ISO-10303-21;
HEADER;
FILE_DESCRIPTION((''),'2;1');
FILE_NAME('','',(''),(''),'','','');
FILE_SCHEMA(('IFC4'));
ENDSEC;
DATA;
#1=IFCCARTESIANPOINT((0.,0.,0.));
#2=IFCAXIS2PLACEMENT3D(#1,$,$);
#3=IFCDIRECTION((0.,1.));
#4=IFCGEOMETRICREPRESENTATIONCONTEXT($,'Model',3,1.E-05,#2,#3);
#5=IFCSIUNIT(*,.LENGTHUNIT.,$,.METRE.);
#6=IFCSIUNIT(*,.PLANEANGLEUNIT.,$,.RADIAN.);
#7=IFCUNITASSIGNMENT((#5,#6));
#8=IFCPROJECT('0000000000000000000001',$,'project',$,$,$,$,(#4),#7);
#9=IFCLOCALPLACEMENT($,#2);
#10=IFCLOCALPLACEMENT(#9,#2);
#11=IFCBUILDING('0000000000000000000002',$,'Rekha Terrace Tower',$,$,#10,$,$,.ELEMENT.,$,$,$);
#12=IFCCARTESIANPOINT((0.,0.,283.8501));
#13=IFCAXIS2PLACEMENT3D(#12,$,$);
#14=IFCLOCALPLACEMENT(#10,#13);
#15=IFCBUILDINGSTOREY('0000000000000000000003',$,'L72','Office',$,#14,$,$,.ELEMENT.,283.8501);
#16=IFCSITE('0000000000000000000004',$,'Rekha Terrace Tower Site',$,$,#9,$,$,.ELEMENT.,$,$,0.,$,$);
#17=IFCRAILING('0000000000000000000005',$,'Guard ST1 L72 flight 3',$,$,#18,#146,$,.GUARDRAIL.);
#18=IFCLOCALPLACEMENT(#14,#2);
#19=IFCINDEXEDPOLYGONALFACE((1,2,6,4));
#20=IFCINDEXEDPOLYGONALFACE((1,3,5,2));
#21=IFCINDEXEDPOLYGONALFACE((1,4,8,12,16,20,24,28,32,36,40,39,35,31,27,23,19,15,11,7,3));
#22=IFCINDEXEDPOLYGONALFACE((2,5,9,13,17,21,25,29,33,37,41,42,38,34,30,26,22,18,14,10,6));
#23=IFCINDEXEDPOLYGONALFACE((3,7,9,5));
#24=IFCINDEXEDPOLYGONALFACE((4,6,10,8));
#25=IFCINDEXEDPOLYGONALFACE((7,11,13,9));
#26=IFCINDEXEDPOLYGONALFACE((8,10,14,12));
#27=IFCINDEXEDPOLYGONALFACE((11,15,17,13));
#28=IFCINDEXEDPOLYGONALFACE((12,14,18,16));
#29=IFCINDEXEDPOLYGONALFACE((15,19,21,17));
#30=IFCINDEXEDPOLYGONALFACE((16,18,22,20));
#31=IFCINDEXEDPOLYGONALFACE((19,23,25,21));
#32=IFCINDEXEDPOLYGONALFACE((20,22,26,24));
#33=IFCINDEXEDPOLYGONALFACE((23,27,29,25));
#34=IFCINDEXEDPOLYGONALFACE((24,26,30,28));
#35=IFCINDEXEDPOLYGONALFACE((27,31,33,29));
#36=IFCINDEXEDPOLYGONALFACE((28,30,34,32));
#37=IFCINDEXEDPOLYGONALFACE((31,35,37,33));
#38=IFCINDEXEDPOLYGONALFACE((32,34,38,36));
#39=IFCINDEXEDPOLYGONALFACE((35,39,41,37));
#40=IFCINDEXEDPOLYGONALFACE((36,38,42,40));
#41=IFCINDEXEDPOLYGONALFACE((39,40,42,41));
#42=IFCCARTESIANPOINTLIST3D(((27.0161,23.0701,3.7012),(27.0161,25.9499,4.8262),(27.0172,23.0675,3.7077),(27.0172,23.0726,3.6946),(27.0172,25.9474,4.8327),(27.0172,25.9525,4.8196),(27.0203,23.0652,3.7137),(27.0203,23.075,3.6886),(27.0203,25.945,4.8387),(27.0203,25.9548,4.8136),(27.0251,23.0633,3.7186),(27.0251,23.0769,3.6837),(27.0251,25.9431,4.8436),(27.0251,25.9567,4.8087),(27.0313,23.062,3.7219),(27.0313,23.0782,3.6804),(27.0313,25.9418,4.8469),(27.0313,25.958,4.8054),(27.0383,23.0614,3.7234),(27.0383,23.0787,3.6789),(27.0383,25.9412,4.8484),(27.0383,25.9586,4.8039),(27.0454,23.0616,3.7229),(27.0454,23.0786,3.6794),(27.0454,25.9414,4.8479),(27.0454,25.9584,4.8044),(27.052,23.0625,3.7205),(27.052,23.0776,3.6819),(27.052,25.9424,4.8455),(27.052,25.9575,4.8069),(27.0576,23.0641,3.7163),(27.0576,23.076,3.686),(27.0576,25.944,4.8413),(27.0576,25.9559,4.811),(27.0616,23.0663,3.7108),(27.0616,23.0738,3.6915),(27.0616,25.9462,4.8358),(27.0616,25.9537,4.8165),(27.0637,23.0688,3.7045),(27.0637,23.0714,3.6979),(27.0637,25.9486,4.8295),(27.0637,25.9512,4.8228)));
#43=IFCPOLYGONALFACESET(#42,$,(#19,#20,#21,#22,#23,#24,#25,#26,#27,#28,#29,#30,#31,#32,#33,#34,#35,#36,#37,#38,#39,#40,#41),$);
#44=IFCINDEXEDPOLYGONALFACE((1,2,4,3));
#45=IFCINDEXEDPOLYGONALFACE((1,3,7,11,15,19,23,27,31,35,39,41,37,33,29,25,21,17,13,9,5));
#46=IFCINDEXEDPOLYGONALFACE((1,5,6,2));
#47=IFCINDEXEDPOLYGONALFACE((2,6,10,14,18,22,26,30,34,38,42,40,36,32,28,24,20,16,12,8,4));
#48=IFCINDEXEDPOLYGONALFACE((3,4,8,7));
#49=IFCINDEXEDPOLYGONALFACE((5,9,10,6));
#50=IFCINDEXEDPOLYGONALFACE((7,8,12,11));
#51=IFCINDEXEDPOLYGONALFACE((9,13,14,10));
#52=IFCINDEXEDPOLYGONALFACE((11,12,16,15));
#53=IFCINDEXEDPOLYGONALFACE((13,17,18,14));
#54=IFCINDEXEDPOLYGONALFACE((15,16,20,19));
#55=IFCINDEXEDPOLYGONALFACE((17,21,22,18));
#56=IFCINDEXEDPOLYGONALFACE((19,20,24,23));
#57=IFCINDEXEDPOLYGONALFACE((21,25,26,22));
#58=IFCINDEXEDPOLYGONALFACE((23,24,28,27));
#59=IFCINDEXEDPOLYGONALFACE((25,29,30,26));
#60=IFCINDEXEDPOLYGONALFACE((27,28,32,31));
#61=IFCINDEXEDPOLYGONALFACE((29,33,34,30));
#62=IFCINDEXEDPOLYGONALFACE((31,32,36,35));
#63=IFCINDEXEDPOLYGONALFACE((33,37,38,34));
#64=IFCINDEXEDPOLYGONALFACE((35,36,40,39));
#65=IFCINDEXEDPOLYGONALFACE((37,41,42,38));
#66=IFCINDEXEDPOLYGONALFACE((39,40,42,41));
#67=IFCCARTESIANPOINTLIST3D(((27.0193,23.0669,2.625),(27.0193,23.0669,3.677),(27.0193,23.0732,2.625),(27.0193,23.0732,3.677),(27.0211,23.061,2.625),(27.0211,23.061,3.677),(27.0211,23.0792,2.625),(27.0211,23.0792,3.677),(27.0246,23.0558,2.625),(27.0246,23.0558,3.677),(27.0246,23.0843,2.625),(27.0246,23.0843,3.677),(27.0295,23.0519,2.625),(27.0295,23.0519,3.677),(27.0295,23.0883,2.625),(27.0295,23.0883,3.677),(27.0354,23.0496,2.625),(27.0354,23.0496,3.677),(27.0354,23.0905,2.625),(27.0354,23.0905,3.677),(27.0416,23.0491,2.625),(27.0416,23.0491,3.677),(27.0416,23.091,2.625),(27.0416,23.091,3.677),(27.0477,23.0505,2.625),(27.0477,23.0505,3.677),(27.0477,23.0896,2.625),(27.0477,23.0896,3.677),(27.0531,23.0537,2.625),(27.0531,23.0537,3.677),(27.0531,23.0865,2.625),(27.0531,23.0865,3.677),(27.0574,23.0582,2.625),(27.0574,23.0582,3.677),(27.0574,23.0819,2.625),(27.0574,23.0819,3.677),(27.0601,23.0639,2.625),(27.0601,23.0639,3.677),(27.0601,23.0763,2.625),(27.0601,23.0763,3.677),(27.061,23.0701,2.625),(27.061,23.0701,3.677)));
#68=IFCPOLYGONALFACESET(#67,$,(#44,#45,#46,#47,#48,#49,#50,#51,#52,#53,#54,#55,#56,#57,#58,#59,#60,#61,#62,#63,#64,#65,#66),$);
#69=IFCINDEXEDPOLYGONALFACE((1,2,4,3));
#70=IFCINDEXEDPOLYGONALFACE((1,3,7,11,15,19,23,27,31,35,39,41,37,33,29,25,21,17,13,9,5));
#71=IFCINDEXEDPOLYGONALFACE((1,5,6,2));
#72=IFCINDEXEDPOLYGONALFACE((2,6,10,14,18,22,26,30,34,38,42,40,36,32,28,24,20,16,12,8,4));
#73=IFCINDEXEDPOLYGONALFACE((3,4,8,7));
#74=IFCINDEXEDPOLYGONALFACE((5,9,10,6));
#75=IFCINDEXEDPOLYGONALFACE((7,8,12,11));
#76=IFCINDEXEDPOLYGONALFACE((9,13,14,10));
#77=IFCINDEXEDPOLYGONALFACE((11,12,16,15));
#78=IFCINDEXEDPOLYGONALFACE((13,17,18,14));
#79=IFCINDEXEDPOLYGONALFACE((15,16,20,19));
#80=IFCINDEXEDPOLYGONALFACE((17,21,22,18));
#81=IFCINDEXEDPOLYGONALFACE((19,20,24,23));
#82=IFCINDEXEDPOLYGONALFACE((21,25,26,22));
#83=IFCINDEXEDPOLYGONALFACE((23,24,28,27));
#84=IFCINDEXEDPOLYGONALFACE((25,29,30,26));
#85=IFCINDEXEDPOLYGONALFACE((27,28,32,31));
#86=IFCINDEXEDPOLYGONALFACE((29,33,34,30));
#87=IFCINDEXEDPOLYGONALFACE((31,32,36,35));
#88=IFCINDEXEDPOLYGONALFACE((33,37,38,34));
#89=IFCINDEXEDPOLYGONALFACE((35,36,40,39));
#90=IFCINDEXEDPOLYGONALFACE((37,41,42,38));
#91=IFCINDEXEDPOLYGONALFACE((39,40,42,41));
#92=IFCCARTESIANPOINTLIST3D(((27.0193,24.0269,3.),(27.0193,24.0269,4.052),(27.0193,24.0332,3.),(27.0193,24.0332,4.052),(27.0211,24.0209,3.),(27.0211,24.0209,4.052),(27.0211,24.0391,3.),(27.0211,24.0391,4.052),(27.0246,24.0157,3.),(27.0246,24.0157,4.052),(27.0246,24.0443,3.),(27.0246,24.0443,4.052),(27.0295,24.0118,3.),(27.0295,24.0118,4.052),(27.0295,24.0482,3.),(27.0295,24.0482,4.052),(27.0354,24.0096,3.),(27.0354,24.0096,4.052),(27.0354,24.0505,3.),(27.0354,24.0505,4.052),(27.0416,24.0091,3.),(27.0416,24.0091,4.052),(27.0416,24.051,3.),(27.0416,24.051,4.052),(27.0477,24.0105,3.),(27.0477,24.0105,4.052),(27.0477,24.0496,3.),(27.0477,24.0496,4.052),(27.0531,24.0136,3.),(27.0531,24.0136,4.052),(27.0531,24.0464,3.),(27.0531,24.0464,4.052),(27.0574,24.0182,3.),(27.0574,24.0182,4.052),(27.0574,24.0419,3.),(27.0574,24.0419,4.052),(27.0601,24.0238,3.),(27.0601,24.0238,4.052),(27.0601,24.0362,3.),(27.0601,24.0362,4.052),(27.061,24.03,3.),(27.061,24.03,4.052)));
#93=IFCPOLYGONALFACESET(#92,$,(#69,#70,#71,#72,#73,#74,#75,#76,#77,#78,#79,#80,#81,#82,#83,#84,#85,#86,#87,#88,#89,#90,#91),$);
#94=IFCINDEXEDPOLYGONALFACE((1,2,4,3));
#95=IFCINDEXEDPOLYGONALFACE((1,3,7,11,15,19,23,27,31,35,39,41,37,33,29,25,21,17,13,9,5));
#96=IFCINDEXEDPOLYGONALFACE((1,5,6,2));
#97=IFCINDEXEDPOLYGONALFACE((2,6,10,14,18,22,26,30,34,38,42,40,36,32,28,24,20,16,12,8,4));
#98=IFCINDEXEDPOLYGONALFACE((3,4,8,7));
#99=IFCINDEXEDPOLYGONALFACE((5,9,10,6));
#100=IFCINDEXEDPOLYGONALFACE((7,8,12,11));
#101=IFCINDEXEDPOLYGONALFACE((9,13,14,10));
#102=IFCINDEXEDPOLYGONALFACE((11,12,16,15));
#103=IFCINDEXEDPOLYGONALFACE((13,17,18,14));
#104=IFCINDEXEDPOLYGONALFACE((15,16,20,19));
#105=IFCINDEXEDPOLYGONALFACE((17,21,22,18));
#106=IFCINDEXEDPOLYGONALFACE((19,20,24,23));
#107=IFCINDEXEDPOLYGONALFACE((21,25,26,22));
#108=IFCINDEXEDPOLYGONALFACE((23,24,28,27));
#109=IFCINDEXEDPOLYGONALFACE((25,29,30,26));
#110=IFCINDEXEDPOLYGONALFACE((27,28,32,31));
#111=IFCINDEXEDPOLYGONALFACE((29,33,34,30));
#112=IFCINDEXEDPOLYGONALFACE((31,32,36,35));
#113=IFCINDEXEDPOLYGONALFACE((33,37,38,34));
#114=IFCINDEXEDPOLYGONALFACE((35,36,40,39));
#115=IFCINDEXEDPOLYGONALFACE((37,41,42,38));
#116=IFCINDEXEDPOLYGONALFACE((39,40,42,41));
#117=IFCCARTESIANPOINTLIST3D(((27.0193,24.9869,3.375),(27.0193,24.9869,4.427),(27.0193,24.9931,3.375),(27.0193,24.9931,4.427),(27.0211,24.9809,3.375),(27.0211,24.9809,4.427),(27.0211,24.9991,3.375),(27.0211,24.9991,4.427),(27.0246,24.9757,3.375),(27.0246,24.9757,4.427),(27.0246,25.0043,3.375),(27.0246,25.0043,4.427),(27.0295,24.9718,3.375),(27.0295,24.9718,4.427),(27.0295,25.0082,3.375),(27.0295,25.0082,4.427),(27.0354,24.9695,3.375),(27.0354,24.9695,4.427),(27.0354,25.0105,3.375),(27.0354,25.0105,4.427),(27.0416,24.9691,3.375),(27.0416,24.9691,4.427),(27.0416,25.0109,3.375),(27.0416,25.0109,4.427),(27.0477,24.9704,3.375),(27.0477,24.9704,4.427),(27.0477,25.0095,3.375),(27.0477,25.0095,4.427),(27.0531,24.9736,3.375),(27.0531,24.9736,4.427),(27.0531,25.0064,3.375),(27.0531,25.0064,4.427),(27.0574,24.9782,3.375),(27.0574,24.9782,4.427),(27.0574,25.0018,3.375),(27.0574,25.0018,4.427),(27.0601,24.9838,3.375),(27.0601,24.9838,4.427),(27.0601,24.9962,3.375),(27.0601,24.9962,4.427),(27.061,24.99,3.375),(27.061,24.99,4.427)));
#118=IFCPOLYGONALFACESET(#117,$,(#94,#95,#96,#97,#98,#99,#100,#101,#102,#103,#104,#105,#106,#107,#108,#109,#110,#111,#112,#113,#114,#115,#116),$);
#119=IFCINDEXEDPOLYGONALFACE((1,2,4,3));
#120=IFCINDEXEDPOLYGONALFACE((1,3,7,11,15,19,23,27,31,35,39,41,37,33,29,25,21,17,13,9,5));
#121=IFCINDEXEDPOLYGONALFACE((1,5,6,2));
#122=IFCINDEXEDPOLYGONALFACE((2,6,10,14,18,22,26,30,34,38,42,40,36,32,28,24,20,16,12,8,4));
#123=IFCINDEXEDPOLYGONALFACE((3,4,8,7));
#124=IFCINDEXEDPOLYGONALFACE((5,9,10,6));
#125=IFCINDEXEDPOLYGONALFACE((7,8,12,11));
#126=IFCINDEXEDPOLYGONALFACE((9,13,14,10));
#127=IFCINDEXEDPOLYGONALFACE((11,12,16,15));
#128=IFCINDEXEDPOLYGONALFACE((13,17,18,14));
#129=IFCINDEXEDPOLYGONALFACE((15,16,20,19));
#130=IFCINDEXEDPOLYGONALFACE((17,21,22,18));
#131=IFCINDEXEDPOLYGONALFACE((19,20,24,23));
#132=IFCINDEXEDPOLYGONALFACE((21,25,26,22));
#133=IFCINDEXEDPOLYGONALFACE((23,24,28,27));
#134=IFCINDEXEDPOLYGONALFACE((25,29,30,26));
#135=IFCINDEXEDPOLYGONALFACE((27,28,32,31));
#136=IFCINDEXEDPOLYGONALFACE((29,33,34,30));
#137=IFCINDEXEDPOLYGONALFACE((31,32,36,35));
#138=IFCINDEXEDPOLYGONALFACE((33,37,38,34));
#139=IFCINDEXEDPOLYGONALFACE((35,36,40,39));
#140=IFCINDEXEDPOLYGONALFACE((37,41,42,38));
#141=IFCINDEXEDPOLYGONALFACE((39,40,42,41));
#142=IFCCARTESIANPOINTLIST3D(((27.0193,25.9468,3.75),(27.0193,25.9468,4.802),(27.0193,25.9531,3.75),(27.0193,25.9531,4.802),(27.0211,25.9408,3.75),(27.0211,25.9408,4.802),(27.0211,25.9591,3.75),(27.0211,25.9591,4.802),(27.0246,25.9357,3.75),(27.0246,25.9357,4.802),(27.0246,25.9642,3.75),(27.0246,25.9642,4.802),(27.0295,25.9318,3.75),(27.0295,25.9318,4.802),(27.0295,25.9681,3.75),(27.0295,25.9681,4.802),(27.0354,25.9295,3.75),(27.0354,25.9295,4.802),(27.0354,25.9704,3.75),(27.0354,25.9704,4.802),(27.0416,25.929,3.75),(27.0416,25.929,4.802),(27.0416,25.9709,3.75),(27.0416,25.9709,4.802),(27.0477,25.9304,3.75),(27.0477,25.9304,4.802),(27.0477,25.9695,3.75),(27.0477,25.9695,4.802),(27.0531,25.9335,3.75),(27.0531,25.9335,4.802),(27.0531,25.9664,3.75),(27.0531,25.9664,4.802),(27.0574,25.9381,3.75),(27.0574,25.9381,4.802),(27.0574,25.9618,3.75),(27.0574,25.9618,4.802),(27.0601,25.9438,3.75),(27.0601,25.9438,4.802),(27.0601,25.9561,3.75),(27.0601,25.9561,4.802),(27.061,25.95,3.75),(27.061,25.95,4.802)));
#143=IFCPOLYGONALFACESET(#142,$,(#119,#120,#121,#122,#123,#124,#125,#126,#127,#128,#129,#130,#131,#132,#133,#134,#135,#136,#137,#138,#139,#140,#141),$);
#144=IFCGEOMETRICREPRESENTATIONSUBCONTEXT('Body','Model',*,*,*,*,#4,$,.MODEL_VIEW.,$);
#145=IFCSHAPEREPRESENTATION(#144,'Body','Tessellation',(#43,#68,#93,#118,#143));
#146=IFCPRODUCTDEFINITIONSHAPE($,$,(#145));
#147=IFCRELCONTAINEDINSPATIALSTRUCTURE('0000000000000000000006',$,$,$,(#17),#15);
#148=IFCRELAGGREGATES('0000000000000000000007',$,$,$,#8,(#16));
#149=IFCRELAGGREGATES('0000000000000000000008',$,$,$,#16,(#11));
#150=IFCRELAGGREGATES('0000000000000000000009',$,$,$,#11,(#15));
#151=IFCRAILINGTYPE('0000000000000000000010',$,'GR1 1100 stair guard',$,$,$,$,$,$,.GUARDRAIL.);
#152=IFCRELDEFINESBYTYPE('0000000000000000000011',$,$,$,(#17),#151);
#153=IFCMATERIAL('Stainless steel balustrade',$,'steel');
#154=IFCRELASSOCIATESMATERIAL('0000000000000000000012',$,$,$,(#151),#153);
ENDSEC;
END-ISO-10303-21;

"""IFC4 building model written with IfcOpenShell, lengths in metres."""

from ifc_helpers import new_model, si_unit, direction, frame, origin, origin_2d, place, context, subcontext, project, spatial, circle, extrude, material, type_object, element, save


model = new_model("IFC4")

# Units and contexts
model_context = context("Model", 3, precision=1e-05, world=origin(), true_north=direction((0.0, 1.0)))
body_context = subcontext(model_context, "Body", "Model", "MODEL_VIEW")
ifc_project = project(units=[si_unit("LENGTHUNIT", "METRE"), si_unit("PLANEANGLEUNIT", "RADIAN")], contexts=[model_context])

# Site, building, storey
site_placement = place(None, origin())
site = spatial("IfcSite", under=ifc_project, at=site_placement, Name="Rekha Terrace Tower Site", CompositionType="ELEMENT", RefElevation=0.0)
building_placement = place(site_placement, origin())
building = spatial("IfcBuilding", under=site, at=building_placement, Name="Rekha Terrace Tower", CompositionType="ELEMENT")
storey_placement = place(building_placement, frame((0.0, 0.0, 283.8501)))
storey = spatial("IfcBuildingStorey", under=building, at=storey_placement, Name="L72", Description="Office", CompositionType="ELEMENT", Elevation=283.8501)

# Railing
ifc_material_1 = material(Name="Stainless steel balustrade", Category="steel")
railing_type_1 = type_object("IfcRailingType", Name="GR1 1100 stair guard", PredefinedType="GUARDRAIL", material=ifc_material_1)
railing_1_placement = place(storey_placement, frame((27.04, 23.0701, 2.625)))
element("IfcRailing", 1, at=railing_1_placement, inside=storey, type_object=railing_type_1, Name="Guard ST1 L72 flight 3", PredefinedType="GUARDRAIL", context=body_context, shape_type="SweptSolid", body=[
    extrude(circle(Radius=0.0239, at=origin_2d()), frame((0.0, 0.0, 1.0762), z_axis=(0.0, 0.931452, 0.363863), x_axis=(-1.0, 0.0, 0.0)), (0.0, 0.0, 1.0), 3.0918),
    extrude(circle(Radius=0.021, at=origin_2d()), origin(), (0.0, 0.0, 1.0), 1.052),
    extrude(circle(Radius=0.021, at=origin_2d()), frame((0.0, 0.96, 0.375)), (0.0, 0.0, 1.0), 1.052),
    extrude(circle(Radius=0.021, at=origin_2d()), frame((0.0, 1.9199, 0.75)), (0.0, 0.0, 1.0), 1.052),
    extrude(circle(Radius=0.021, at=origin_2d()), frame((0.0, 2.8799, 1.125)), (0.0, 0.0, 1.0), 1.052),
])

save(model, "model.ifc")
